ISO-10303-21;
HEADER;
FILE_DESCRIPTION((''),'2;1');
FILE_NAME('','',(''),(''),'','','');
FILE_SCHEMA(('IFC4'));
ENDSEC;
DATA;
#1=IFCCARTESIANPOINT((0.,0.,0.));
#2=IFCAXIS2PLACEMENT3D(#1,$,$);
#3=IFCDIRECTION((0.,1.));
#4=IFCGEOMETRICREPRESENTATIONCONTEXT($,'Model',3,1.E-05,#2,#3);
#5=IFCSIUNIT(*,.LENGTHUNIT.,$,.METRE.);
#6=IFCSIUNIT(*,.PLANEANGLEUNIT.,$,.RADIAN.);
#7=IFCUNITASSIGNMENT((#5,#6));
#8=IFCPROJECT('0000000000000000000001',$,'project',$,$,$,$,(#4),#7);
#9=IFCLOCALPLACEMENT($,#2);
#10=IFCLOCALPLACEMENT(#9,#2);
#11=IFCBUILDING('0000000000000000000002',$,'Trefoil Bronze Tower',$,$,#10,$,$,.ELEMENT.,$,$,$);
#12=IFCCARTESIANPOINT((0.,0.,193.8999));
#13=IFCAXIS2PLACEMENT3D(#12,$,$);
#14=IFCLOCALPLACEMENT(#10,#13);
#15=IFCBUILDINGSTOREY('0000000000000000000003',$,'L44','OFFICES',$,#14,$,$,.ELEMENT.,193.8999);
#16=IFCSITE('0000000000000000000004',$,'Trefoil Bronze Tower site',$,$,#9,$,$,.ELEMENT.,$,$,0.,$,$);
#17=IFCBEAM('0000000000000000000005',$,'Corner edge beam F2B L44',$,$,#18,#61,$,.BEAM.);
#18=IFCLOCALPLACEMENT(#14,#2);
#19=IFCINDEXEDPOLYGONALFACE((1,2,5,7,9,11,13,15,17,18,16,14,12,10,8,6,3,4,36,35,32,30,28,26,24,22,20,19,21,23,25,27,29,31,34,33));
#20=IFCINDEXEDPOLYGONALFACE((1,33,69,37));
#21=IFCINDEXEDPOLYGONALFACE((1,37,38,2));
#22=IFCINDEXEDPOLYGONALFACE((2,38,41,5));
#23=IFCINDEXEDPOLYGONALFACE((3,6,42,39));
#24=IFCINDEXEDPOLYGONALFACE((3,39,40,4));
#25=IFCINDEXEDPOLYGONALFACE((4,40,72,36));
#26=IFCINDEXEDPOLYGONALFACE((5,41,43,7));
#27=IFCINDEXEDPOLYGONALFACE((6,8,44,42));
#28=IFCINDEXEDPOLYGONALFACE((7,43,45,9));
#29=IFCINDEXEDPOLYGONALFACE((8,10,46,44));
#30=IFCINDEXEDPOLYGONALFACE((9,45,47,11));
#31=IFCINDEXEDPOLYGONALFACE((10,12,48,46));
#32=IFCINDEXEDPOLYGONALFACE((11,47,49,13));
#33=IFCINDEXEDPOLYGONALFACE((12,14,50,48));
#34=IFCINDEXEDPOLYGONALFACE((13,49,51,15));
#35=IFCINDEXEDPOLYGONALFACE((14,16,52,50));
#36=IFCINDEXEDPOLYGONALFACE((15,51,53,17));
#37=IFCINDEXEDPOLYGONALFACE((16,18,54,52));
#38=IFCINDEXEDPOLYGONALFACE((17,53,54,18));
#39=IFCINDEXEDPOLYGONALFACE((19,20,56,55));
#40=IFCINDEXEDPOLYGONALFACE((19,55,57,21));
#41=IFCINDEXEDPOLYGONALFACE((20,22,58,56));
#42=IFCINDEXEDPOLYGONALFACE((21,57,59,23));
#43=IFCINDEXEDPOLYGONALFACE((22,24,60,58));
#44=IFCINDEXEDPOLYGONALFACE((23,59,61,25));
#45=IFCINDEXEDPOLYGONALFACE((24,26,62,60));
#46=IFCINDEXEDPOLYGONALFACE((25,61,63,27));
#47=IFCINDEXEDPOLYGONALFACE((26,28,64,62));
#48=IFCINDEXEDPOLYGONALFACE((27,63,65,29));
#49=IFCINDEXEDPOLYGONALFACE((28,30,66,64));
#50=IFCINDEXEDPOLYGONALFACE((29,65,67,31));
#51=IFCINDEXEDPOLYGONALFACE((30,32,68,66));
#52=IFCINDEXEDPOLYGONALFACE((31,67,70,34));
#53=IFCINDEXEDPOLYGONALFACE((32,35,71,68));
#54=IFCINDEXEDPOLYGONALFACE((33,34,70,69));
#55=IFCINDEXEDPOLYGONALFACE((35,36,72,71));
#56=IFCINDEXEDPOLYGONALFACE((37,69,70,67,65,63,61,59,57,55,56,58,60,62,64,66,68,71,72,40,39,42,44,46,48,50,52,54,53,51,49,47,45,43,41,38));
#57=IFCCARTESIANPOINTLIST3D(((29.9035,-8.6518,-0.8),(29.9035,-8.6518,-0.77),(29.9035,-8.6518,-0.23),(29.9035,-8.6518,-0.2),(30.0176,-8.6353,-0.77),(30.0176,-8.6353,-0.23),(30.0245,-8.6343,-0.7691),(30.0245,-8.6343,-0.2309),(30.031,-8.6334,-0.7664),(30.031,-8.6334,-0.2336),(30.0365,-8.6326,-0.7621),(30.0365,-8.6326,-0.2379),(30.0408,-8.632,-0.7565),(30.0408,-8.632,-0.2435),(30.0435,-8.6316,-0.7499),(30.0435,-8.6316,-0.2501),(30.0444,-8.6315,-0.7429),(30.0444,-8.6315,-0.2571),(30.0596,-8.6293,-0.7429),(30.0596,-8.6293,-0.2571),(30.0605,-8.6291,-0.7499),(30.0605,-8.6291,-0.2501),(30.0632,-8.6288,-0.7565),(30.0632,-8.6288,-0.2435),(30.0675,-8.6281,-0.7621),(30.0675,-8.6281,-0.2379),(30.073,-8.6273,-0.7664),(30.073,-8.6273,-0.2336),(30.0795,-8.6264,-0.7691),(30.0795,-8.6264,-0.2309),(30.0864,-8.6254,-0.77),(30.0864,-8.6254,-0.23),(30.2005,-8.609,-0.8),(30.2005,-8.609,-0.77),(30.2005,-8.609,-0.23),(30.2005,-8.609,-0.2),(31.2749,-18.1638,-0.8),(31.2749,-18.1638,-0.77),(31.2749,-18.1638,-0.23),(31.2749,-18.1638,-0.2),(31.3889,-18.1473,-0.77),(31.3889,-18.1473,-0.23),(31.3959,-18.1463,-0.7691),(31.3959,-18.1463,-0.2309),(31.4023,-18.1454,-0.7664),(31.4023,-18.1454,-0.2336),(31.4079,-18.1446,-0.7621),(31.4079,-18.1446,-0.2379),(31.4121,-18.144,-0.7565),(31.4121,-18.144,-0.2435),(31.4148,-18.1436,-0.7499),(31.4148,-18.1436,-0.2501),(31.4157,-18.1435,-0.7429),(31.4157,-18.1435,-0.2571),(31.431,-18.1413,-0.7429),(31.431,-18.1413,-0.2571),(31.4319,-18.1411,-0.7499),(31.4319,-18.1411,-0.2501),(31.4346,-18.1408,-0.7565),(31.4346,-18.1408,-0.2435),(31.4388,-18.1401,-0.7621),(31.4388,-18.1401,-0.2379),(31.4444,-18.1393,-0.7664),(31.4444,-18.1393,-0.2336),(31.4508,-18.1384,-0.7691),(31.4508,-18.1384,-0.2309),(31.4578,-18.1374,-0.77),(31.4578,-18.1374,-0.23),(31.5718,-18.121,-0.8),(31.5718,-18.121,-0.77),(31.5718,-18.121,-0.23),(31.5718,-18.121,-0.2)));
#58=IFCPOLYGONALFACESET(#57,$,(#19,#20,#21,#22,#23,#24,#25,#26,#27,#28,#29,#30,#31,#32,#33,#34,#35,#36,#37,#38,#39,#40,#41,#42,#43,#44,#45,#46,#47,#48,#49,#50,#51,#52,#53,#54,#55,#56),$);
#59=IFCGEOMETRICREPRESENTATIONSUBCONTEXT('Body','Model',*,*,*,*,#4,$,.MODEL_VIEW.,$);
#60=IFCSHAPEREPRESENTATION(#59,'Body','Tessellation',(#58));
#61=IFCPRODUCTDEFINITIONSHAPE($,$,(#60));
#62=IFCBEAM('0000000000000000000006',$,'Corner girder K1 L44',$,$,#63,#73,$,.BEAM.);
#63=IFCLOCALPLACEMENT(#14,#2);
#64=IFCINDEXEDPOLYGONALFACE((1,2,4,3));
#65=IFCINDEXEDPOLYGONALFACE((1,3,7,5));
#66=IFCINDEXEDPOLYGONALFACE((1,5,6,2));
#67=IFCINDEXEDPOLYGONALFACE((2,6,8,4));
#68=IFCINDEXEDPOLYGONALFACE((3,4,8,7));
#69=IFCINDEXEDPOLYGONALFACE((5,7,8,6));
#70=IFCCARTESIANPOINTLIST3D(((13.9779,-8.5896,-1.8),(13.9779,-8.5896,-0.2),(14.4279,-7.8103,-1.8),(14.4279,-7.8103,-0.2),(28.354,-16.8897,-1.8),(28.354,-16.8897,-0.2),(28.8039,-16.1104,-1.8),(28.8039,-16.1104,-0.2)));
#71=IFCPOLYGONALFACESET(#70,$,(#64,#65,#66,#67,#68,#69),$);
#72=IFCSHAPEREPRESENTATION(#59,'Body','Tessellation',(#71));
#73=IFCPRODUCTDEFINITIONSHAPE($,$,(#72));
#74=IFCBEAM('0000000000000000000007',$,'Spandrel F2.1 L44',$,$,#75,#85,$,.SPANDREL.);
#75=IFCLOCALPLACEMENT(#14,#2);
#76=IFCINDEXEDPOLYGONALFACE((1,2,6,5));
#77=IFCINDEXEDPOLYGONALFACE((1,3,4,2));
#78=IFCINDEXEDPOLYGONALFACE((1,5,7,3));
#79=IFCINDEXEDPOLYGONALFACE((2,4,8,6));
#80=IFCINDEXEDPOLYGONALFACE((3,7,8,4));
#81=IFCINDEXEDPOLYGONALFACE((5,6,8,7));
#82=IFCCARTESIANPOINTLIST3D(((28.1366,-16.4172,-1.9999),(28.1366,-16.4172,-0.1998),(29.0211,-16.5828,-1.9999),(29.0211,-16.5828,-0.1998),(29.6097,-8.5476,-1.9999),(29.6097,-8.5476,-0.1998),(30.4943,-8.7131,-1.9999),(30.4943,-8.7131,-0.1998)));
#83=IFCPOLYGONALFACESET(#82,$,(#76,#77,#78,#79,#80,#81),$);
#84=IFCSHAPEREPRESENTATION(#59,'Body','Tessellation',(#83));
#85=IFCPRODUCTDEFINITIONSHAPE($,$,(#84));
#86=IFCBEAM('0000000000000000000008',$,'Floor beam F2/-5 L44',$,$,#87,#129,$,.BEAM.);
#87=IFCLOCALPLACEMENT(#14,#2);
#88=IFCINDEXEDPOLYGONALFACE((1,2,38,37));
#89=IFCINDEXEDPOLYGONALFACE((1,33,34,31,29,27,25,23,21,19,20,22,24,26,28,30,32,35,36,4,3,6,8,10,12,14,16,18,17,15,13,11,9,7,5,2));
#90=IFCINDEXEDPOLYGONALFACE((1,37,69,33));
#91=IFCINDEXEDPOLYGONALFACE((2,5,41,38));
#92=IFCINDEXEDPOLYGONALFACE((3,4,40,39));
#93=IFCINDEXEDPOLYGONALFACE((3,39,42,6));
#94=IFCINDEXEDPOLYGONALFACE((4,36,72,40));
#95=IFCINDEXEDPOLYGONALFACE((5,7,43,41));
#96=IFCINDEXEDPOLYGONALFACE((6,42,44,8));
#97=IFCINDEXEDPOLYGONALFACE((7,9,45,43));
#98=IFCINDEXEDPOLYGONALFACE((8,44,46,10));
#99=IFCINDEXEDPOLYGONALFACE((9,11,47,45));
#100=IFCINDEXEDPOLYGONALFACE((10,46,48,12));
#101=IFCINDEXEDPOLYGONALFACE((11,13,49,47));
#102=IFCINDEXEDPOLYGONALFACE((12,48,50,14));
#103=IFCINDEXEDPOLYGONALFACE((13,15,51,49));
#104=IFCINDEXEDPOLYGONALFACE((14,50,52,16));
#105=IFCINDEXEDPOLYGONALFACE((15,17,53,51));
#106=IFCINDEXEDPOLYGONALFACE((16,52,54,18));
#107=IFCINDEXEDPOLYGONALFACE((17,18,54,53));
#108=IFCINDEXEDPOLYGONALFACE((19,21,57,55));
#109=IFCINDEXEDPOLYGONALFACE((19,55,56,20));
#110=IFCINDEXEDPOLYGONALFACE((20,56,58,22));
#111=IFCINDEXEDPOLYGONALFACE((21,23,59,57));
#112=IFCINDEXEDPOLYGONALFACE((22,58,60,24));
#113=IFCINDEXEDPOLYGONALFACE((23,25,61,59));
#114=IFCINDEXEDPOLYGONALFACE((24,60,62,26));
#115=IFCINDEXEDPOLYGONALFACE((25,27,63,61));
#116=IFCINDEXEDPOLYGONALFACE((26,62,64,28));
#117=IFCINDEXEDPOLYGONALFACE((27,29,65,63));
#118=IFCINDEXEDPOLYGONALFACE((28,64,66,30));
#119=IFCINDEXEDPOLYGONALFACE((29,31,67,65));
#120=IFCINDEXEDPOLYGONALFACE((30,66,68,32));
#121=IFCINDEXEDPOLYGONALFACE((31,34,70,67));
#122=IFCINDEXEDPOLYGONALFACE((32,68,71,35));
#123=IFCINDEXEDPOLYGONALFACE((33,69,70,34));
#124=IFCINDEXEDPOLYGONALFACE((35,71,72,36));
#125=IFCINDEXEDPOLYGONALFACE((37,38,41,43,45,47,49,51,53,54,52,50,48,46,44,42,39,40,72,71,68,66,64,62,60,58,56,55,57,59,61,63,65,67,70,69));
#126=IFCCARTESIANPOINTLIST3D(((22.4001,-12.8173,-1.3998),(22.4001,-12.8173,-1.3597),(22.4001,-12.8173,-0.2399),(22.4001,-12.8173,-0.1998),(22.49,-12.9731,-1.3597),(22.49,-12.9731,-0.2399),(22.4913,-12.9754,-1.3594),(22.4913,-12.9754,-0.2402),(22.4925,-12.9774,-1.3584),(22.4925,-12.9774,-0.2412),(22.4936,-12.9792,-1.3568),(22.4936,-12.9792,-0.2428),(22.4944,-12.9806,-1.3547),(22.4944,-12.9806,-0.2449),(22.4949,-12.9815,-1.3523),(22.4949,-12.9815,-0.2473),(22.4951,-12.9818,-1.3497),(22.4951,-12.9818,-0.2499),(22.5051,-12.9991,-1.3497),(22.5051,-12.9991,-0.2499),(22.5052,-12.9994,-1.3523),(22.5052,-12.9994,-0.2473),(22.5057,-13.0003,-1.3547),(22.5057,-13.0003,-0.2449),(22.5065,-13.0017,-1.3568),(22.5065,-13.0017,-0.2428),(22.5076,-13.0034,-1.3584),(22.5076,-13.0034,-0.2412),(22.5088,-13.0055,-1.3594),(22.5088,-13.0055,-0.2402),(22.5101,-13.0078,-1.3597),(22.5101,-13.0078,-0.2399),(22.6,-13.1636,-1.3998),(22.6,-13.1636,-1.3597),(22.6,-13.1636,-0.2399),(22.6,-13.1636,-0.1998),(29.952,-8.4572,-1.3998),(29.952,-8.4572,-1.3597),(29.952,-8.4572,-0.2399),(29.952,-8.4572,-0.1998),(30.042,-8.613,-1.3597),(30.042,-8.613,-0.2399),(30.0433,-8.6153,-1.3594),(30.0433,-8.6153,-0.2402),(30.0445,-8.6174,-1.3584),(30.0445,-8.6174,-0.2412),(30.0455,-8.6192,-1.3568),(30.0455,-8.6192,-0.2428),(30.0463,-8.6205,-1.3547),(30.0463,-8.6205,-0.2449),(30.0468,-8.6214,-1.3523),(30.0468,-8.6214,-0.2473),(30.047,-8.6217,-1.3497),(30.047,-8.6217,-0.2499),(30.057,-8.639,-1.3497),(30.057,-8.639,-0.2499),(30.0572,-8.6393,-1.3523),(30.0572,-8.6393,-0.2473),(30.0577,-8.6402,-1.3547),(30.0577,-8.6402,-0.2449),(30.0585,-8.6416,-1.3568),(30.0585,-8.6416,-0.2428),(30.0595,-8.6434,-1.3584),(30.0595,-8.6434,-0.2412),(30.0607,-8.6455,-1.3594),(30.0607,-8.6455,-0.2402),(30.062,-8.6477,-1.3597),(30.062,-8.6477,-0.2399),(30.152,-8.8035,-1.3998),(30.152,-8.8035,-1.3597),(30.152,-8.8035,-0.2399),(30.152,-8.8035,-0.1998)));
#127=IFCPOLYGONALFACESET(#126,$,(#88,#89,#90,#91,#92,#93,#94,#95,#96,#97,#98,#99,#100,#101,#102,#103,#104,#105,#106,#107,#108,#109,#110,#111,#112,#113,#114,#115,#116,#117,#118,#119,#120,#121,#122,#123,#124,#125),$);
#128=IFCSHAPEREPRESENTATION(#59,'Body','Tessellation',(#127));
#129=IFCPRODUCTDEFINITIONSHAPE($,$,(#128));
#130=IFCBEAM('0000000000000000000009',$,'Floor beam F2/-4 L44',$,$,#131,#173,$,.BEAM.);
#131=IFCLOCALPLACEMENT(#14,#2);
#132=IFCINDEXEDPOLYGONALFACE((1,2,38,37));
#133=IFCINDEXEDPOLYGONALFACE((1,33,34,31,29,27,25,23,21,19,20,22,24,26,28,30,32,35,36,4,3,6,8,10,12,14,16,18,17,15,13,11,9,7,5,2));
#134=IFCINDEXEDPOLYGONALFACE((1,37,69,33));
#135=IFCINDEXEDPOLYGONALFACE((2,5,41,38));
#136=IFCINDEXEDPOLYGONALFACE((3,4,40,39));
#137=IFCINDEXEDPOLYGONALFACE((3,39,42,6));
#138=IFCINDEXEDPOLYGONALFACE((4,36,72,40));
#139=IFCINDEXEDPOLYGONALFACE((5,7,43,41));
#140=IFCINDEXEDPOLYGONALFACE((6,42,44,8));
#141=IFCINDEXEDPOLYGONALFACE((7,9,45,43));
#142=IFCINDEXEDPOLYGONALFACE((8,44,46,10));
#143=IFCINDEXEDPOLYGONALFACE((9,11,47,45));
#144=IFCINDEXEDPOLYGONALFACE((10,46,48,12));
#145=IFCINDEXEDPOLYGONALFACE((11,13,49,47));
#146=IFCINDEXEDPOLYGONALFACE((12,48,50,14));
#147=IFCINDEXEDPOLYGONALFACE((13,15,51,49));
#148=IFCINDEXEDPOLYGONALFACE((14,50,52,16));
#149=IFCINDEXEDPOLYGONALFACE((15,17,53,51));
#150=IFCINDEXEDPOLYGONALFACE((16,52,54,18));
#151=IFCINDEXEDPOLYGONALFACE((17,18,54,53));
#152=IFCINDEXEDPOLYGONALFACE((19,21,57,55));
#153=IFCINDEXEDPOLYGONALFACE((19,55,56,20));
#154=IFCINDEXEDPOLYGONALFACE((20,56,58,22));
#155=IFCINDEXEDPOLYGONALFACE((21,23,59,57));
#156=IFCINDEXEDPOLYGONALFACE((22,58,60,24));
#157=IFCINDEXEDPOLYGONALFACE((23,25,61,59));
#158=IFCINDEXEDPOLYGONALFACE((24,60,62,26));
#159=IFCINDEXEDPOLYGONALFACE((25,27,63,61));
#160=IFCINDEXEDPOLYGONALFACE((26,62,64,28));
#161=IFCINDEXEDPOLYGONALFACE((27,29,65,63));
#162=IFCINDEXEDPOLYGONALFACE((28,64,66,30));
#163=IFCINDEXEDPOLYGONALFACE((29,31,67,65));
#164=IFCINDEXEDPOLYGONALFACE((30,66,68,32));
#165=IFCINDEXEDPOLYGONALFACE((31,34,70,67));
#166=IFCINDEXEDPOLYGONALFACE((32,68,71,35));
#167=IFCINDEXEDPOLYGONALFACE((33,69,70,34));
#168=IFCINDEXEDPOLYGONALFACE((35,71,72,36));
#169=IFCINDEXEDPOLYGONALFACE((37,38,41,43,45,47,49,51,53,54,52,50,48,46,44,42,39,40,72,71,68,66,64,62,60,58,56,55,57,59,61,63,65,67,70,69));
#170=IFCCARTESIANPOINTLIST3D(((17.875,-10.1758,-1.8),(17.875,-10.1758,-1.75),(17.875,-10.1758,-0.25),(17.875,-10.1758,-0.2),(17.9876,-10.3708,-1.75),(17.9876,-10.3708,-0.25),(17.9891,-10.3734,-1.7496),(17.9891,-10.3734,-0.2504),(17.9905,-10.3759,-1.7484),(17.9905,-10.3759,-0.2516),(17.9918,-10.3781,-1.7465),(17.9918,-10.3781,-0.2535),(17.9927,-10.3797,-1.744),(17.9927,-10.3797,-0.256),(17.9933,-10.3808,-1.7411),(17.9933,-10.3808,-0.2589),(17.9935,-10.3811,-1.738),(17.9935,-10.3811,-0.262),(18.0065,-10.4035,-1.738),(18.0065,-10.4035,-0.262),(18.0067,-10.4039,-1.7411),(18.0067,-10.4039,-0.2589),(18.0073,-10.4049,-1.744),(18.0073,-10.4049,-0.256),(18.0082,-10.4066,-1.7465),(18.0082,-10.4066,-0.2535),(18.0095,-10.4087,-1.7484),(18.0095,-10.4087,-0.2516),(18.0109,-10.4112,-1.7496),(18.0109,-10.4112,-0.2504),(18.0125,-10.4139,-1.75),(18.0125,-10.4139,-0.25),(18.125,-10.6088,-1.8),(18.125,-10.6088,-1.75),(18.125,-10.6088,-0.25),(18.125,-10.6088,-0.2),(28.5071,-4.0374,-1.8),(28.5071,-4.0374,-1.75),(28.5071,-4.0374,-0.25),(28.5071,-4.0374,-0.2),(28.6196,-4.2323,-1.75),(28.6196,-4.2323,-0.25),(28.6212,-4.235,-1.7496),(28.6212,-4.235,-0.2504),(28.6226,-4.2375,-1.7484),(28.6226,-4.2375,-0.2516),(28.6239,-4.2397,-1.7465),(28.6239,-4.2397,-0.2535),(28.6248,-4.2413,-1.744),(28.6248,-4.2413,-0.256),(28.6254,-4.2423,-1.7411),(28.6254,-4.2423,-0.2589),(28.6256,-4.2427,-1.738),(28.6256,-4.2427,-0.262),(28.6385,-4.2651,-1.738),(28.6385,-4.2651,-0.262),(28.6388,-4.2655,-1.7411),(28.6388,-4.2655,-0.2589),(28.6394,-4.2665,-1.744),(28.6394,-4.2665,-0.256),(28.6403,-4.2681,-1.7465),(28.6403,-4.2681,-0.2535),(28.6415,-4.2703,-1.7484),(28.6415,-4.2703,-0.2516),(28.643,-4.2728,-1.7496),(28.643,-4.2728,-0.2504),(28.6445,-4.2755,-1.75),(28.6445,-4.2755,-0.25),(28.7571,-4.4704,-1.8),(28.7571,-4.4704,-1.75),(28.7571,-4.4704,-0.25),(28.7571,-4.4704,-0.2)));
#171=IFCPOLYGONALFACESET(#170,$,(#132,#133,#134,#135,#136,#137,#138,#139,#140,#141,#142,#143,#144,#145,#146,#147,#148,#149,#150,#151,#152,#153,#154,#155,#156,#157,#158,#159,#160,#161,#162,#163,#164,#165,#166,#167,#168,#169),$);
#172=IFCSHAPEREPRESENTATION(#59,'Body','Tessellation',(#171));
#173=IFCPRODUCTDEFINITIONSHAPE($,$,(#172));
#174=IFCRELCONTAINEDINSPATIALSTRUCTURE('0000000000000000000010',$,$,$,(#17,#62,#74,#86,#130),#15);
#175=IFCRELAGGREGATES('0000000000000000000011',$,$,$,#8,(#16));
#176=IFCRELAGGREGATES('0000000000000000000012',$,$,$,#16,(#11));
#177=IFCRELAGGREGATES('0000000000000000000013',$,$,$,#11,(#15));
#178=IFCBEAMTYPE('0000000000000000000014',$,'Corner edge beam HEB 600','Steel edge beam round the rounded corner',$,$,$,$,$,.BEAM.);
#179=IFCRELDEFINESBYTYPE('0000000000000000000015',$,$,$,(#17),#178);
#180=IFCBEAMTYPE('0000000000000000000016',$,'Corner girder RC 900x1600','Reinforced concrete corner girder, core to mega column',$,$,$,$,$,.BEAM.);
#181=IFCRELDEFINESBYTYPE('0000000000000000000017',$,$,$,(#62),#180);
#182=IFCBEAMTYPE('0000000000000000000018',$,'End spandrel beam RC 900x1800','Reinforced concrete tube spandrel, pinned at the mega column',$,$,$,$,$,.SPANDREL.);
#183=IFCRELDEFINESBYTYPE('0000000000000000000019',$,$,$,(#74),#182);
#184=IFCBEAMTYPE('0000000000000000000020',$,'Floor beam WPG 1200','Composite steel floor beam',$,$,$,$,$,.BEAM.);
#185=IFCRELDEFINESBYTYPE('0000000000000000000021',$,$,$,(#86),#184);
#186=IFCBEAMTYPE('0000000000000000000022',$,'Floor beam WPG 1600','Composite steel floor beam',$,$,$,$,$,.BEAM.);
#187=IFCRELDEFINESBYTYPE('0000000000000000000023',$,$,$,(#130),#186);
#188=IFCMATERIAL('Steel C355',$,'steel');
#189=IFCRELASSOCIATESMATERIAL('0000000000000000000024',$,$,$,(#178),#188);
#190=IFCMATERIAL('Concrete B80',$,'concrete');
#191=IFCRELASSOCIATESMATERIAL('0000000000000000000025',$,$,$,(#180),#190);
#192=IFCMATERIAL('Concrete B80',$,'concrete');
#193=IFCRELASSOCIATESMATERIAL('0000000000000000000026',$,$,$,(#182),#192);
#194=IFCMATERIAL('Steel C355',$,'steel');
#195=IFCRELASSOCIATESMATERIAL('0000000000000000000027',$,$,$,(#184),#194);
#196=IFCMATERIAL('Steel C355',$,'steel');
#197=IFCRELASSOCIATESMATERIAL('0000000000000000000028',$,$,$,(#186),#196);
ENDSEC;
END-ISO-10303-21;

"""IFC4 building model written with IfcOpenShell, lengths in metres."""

from ifc_helpers import new_model, si_unit, direction, frame, origin, origin_2d, place, context, subcontext, project, spatial, rectangle, i_section, extrude, material, material_profile, profile_set, type_object, element, save


model = new_model("IFC4")

# Units and contexts
model_context = context("Model", 3, precision=1e-05, world=origin(), true_north=direction((0.0, 1.0)))
body_context = subcontext(model_context, "Body", "Model", "MODEL_VIEW")
ifc_project = project(units=[si_unit("LENGTHUNIT", "METRE"), si_unit("PLANEANGLEUNIT", "RADIAN")], contexts=[model_context])

# Site, building, storey
site_placement = place(None, origin())
site = spatial("IfcSite", under=ifc_project, at=site_placement, Name="Trefoil Bronze Tower site", CompositionType="ELEMENT", RefElevation=0.0)
building_placement = place(site_placement, origin())
building = spatial("IfcBuilding", under=site, at=building_placement, Name="Trefoil Bronze Tower", CompositionType="ELEMENT")
storey_placement = place(building_placement, frame((0.0, 0.0, 193.8999)))
storey = spatial("IfcBuildingStorey", under=building, at=storey_placement, Name="L44", Description="OFFICES", CompositionType="ELEMENT", Elevation=193.8999)

# Beams
ifc_material_1 = material(Name="Steel C355", Category="steel")
ifc_material_profile_1 = material_profile(ifc_material_1, i_section(OverallWidth=0.3, OverallDepth=0.6001, WebThickness=0.0154, FlangeThickness=0.03, FilletRadius=0.0271, at=origin_2d()), Name="HEB 600")
ifc_profile_set_1 = profile_set([ifc_material_profile_1], Name="Steel C355")
beam_type_1 = type_object("IfcBeamType", Name="Corner edge beam HEB 600", Description="Steel edge beam round the rounded corner", PredefinedType="BEAM", material=ifc_profile_set_1)
beam_1_placement = place(storey_placement, frame((30.052, -8.6304, -0.5), z_axis=(0.142694, -0.989767, 0.0), x_axis=(0.989767, 0.142694, 0.0)))
element("IfcBeam", 1, at=beam_1_placement, inside=storey, type_object=beam_type_1, Name="Corner edge beam F2B L44", PredefinedType="BEAM", context=body_context, shape_type="SweptSolid", body=[
    extrude(i_section(OverallWidth=0.3, OverallDepth=0.6001, WebThickness=0.0154, FlangeThickness=0.03, FilletRadius=0.0271, at=origin_2d()), origin(), (0.0, 0.0, 1.0), 9.6104),
])
ifc_material_2 = material(Name="Concrete B80", Category="concrete")
ifc_material_profile_2 = material_profile(ifc_material_2, rectangle(XDim=0.8999, YDim=1.6001, at=origin_2d()), Name="RC 900x1600")
ifc_profile_set_2 = profile_set([ifc_material_profile_2], Name="Concrete B80")
beam_type_2 = type_object("IfcBeamType", Name="Corner girder RC 900x1600", Description="Reinforced concrete corner girder, core to mega column", PredefinedType="BEAM", material=ifc_profile_set_2)
beam_2_placement = place(storey_placement, frame((14.2029, -8.2, -1.0), z_axis=(0.866023, -0.500003, 0.0), x_axis=(0.500003, 0.866023, 0.0)))
element("IfcBeam", 2, at=beam_2_placement, inside=storey, type_object=beam_type_2, Name="Corner girder K1 L44", PredefinedType="BEAM", context=body_context, shape_type="SweptSolid", body=[
    extrude(rectangle(XDim=0.8999, YDim=1.6001, at=origin_2d()), origin(), (0.0, 0.0, 1.0), 16.6001),
])
ifc_material_3 = material(Name="Concrete B80", Category="concrete")
ifc_material_profile_3 = material_profile(ifc_material_3, rectangle(XDim=0.8999, YDim=1.8, at=origin_2d()), Name="RC 900x1800")
ifc_profile_set_3 = profile_set([ifc_material_profile_3], Name="Concrete B80")
beam_type_3 = type_object("IfcBeamType", Name="End spandrel beam RC 900x1800", Description="Reinforced concrete tube spandrel, pinned at the mega column", PredefinedType="SPANDREL", material=ifc_profile_set_3)
beam_3_placement = place(storey_placement, frame((28.5789, -16.5, -1.0999), z_axis=(0.183998, 0.982927, 0.0), x_axis=(-0.982927, 0.183998, 0.0)))
element("IfcBeam", 3, at=beam_3_placement, inside=storey, type_object=beam_type_3, Name="Spandrel F2.1 L44", PredefinedType="SPANDREL", context=body_context, shape_type="SweptSolid", body=[
    extrude(rectangle(XDim=0.8999, YDim=1.8, at=origin_2d()), origin(), (0.0, 0.0, 1.0), 8.0063),
])
ifc_material_4 = material(Name="Steel C355", Category="steel")
ifc_material_profile_4 = material_profile(ifc_material_4, i_section(OverallWidth=0.3999, OverallDepth=1.2, WebThickness=0.02, FlangeThickness=0.04, FilletRadius=0.01, at=origin_2d()), Name="WPG 1200")
ifc_profile_set_4 = profile_set([ifc_material_profile_4], Name="Steel C355")
beam_type_4 = type_object("IfcBeamType", Name="Floor beam WPG 1200", Description="Composite steel floor beam", PredefinedType="BEAM", material=ifc_profile_set_4)
beam_4_placement = place(storey_placement, frame((30.052, -8.6304, -0.7998), z_axis=(-0.866028, -0.499996, 0.0), x_axis=(0.499996, -0.866028, 0.0)))
element("IfcBeam", 4, at=beam_4_placement, inside=storey, type_object=beam_type_4, Name="Floor beam F2/-5 L44", PredefinedType="BEAM", context=body_context, shape_type="SweptSolid", body=[
    extrude(i_section(OverallWidth=0.3999, OverallDepth=1.2, WebThickness=0.02, FlangeThickness=0.04, FilletRadius=0.01, at=origin_2d()), origin(), (0.0, 0.0, 1.0), 8.7202),
])
ifc_material_5 = material(Name="Steel C355", Category="steel")
ifc_material_profile_5 = material_profile(ifc_material_5, i_section(OverallWidth=0.5, OverallDepth=1.6001, WebThickness=0.0259, FlangeThickness=0.05, FilletRadius=0.012, at=origin_2d()), Name="WPG 1600")
ifc_profile_set_5 = profile_set([ifc_material_profile_5], Name="Steel C355")
beam_type_5 = type_object("IfcBeamType", Name="Floor beam WPG 1600", Description="Composite steel floor beam", PredefinedType="BEAM", material=ifc_profile_set_5)
beam_5_placement = place(storey_placement, frame((28.6321, -4.2539, -1.0), z_axis=(-0.866026, -0.5, 0.0), x_axis=(0.5, -0.866026, 0.0)))
element("IfcBeam", 5, at=beam_5_placement, inside=storey, type_object=beam_type_5, Name="Floor beam F2/-4 L44", PredefinedType="BEAM", context=body_context, shape_type="SweptSolid", body=[
    extrude(i_section(OverallWidth=0.5, OverallDepth=1.6001, WebThickness=0.0259, FlangeThickness=0.05, FilletRadius=0.012, at=origin_2d()), origin(), (0.0, 0.0, 1.0), 12.2769),
])

save(model, "model.ifc")
